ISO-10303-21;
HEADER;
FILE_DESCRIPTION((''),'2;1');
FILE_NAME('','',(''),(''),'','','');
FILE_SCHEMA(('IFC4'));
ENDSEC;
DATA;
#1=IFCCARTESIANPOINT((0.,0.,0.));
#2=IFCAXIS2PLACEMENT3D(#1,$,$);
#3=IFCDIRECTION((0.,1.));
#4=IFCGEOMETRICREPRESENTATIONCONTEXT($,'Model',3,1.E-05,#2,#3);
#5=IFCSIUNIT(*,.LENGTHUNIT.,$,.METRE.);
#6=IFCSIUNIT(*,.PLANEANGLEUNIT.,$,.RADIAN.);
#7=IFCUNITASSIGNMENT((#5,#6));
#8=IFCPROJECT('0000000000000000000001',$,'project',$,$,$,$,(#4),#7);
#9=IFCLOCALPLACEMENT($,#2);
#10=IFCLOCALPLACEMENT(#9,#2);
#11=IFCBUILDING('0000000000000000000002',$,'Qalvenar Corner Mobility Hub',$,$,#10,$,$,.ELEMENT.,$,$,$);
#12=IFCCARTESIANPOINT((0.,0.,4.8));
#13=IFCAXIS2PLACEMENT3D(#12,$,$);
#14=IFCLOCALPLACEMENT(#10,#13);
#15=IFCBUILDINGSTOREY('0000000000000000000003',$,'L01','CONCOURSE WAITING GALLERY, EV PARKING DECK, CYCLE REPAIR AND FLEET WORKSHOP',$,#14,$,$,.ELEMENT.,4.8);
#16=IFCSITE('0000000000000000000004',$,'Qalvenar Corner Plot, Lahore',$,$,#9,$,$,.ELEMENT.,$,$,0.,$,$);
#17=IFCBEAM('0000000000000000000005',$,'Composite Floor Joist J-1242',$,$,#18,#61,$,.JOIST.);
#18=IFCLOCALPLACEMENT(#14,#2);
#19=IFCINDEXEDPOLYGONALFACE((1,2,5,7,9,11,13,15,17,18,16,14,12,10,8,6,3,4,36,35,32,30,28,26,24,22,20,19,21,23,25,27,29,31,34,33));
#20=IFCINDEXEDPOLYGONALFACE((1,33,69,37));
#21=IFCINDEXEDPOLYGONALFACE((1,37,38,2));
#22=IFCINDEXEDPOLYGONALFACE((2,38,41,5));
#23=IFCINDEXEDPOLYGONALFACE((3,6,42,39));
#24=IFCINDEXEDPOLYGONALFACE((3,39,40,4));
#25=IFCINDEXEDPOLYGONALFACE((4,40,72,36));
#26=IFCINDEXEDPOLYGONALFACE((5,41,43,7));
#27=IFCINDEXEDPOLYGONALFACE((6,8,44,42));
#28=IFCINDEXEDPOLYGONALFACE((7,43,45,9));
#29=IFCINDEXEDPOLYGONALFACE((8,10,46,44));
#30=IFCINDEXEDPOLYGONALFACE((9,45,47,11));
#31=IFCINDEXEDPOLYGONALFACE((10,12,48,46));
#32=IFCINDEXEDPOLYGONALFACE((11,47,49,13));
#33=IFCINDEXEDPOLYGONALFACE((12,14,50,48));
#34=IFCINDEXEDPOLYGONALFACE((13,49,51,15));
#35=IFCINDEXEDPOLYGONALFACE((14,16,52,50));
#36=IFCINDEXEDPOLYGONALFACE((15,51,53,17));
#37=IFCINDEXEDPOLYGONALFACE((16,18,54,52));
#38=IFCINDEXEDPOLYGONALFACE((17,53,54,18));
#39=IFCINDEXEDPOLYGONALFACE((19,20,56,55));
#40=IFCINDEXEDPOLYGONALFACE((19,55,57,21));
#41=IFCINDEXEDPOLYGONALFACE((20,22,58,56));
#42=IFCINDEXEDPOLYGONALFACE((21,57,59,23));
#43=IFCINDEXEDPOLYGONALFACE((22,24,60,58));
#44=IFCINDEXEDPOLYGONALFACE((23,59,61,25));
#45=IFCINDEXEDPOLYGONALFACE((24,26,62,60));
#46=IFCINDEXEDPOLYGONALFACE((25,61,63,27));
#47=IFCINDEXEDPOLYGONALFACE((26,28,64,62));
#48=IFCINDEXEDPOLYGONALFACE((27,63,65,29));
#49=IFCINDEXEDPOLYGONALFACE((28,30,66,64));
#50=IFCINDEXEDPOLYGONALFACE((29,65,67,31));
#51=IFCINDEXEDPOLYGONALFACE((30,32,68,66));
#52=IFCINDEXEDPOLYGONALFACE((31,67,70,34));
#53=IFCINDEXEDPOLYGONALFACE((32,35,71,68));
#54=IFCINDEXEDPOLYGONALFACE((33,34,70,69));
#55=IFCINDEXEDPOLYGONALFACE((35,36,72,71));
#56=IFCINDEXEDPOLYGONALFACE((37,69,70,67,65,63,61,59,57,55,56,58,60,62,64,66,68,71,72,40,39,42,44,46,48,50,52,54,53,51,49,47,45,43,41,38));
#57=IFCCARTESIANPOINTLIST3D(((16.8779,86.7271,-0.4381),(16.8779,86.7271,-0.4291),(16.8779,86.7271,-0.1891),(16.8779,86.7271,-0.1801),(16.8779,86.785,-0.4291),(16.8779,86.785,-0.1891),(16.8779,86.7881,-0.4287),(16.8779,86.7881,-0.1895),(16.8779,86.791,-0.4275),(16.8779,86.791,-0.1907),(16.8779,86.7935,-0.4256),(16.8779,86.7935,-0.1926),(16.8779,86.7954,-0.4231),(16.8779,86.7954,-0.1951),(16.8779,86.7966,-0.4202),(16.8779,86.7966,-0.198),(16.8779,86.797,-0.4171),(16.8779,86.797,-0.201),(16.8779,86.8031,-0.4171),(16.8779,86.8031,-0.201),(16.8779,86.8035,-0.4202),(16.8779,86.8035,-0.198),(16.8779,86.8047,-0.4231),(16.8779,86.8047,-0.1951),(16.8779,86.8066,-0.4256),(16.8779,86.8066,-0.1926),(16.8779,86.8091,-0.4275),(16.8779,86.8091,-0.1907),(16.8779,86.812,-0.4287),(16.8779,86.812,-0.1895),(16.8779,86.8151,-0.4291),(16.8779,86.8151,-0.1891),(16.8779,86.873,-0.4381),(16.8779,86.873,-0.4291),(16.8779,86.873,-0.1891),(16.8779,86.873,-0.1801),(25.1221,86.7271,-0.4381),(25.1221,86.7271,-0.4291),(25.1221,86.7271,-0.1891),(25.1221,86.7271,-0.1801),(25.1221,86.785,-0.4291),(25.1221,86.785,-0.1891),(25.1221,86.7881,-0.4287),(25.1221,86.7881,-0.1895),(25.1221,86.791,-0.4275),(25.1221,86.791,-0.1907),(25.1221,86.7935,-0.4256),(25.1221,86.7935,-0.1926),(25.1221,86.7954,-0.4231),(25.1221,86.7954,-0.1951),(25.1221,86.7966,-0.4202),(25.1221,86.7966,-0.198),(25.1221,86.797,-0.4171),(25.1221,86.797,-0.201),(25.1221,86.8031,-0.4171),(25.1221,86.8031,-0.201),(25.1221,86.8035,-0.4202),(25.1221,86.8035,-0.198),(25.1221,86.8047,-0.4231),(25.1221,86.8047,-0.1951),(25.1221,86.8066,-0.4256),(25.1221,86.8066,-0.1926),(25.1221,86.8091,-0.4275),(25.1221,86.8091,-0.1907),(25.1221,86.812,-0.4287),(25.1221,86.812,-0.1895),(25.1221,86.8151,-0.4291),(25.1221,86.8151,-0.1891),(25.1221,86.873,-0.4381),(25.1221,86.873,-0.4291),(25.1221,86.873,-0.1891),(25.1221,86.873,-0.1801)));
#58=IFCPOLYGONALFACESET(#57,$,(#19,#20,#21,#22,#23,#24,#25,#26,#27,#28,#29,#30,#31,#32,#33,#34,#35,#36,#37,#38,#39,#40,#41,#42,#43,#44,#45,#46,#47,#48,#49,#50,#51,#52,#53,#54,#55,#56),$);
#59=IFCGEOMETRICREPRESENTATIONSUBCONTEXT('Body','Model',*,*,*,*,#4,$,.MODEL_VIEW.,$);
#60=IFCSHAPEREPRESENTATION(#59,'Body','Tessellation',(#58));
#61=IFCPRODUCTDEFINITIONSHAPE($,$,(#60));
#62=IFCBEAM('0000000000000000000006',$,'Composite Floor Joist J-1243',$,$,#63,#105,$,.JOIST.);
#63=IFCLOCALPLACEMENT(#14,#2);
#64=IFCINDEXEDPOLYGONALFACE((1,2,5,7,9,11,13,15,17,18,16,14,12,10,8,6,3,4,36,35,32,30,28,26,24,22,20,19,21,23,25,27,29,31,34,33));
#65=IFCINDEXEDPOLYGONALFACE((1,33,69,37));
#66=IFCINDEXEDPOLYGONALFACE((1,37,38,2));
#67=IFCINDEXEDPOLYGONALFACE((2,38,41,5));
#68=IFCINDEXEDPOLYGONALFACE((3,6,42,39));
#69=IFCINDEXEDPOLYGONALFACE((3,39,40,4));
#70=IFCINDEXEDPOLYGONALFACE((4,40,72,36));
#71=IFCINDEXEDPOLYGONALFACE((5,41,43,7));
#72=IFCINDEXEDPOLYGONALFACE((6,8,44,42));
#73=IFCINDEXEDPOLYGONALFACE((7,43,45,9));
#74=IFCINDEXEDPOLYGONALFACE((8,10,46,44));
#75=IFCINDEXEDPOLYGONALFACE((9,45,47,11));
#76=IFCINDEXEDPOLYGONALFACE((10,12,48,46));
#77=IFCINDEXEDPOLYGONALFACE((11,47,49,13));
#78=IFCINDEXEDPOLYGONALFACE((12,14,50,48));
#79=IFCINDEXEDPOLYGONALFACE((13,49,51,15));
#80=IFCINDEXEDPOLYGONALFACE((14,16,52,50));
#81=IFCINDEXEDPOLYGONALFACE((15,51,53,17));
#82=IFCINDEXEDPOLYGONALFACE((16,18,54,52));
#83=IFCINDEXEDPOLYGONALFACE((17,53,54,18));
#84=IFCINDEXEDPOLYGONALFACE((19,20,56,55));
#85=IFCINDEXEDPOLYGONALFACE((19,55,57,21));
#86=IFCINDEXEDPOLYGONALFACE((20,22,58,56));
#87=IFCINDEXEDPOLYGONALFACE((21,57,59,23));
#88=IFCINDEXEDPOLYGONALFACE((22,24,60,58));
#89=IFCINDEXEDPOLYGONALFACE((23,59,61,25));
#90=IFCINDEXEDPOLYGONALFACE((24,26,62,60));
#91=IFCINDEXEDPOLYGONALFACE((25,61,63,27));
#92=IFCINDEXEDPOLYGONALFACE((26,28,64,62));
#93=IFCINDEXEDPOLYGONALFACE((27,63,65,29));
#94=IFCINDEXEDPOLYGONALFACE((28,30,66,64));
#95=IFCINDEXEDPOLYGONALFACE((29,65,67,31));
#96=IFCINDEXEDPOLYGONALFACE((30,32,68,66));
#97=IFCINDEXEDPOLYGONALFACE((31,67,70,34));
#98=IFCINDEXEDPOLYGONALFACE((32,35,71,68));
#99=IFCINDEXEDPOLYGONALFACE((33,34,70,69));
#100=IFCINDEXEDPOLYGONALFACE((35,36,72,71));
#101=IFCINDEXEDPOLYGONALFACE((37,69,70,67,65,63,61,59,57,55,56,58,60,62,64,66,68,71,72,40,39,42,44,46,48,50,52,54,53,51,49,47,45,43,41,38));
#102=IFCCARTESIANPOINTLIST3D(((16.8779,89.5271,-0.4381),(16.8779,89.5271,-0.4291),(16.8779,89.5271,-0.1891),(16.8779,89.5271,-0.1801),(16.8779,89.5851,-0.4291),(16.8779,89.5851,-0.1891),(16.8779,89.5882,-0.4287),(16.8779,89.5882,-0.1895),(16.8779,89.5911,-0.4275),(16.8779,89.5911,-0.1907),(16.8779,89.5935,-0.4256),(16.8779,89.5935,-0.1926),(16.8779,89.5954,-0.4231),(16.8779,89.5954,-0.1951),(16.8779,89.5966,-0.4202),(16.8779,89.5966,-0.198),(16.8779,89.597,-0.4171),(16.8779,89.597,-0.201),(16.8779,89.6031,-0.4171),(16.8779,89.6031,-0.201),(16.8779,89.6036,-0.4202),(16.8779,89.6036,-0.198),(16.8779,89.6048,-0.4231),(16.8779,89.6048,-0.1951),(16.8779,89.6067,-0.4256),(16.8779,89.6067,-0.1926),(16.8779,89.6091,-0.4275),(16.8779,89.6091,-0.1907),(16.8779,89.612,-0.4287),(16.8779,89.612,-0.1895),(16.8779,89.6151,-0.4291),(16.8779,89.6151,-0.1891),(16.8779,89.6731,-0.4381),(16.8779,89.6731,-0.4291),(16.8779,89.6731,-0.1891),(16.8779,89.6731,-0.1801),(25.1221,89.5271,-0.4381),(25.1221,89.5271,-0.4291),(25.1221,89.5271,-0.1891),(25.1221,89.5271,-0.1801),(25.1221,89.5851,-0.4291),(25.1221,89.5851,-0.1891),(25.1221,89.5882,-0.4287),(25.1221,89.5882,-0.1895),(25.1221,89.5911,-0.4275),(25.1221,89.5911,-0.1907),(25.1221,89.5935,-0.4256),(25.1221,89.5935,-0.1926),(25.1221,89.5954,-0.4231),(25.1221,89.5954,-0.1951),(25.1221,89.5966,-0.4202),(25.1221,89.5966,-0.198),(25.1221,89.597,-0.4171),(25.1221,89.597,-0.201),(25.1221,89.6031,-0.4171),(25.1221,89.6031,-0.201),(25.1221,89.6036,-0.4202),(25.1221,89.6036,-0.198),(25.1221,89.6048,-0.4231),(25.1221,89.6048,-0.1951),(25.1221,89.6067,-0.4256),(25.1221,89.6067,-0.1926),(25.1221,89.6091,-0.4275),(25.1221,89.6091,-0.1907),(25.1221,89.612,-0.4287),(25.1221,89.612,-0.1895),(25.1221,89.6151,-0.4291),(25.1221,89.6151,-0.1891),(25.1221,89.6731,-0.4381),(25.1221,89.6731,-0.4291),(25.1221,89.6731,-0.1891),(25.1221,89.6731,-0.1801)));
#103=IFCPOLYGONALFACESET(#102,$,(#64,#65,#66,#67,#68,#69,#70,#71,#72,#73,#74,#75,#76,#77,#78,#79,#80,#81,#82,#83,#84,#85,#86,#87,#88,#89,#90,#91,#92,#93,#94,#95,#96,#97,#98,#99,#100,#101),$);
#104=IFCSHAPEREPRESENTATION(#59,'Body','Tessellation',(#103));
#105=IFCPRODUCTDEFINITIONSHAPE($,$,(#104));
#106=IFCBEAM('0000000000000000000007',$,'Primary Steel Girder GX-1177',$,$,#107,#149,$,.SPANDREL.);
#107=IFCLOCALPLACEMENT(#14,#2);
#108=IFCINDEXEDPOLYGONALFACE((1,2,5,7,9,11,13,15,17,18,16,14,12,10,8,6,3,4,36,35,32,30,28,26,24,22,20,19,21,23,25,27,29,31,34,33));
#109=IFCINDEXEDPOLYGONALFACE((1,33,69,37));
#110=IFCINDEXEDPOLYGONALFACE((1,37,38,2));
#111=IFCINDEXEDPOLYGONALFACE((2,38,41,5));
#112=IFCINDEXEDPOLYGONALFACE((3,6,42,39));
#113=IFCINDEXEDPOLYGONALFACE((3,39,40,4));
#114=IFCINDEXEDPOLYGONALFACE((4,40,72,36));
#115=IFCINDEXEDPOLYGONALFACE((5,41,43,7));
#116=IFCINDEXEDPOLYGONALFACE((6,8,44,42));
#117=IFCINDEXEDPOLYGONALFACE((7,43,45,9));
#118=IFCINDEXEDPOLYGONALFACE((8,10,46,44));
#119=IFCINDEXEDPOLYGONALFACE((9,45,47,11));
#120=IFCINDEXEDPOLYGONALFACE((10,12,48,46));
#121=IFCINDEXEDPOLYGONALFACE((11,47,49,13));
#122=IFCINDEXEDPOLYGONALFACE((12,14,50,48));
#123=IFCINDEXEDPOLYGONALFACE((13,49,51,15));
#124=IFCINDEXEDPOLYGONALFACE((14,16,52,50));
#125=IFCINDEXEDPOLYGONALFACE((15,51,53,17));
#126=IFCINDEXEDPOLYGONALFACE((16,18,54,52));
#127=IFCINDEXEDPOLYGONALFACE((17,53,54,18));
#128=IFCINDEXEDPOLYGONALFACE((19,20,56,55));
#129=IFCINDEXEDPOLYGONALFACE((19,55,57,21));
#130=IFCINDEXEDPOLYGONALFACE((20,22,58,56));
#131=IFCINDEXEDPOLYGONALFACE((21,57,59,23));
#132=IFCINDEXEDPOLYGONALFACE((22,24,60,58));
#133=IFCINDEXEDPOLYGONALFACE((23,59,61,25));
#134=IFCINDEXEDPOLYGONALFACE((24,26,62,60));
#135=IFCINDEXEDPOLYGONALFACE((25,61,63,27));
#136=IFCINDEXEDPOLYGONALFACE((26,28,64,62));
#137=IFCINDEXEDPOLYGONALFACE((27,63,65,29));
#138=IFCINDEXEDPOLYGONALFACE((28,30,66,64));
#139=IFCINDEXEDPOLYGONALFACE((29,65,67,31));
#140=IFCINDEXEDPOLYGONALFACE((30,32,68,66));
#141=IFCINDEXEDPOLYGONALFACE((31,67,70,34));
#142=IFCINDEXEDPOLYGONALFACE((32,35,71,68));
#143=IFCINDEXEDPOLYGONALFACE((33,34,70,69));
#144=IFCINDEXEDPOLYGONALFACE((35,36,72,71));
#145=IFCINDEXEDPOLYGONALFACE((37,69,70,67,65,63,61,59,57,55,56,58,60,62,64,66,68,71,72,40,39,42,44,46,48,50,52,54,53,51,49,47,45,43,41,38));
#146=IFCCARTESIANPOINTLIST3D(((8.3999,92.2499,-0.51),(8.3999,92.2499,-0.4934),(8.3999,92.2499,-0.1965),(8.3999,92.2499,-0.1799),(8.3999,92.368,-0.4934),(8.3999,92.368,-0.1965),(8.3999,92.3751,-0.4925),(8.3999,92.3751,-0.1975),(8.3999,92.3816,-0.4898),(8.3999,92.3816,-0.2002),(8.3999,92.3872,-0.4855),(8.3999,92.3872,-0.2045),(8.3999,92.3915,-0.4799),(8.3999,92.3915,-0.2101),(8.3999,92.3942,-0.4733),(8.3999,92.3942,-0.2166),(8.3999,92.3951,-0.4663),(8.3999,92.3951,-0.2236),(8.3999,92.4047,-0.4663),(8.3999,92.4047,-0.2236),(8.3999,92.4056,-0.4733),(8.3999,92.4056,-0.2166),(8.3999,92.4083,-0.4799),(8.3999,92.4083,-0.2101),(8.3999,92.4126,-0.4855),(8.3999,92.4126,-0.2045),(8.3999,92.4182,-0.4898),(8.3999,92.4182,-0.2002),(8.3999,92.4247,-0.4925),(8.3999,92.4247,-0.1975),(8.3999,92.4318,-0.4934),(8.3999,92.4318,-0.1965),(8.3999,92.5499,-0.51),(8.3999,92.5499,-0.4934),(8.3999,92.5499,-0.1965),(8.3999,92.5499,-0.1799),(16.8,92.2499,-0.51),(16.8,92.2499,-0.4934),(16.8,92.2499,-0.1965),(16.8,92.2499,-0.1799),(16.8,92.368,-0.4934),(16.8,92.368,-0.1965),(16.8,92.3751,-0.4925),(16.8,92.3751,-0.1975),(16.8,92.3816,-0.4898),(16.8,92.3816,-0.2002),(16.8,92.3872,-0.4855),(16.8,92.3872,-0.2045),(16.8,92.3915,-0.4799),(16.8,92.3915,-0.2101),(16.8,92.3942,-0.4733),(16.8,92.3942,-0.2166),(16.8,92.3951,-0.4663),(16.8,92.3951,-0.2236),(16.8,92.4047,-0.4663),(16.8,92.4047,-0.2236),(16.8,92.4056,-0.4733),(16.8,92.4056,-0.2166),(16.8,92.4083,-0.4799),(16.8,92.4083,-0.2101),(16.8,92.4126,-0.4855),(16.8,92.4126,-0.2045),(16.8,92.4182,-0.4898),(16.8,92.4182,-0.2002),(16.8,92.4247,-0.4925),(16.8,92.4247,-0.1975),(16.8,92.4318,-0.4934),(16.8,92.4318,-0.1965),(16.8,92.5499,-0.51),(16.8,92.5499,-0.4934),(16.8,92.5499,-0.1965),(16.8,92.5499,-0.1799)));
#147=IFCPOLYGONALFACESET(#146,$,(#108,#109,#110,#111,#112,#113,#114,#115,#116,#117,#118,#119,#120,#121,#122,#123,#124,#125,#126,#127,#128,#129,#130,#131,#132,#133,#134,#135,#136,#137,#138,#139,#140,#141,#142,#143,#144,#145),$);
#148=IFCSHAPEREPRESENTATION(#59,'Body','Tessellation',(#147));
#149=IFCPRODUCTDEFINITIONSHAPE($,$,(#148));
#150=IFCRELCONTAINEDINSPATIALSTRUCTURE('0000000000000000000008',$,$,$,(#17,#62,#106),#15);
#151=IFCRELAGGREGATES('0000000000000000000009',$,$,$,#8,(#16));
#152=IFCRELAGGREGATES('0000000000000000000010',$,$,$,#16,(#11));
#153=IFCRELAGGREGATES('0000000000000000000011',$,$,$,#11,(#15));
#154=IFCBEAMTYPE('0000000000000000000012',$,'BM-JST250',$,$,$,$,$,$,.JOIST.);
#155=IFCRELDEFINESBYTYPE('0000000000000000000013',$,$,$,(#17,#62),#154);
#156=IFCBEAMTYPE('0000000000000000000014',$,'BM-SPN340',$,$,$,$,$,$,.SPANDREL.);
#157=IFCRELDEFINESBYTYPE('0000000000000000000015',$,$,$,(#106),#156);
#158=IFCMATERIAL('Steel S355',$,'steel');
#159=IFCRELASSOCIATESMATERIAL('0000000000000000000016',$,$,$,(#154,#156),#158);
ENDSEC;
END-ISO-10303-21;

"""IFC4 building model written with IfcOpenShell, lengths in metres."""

from ifc_helpers import new_model, si_unit, direction, frame, origin, origin_2d, place, context, subcontext, project, spatial, i_section, extrude, material, material_profile, profile_set, type_object, element, save


model = new_model("IFC4")

# Units and contexts
model_context = context("Model", 3, precision=1e-05, world=origin(), true_north=direction((0.0, 1.0)))
body_context = subcontext(model_context, "Body", "Model", "MODEL_VIEW")
ifc_project = project(units=[si_unit("LENGTHUNIT", "METRE"), si_unit("PLANEANGLEUNIT", "RADIAN")], contexts=[model_context])

# Site, building, storey
site_placement = place(None, origin())
site = spatial("IfcSite", under=ifc_project, at=site_placement, Name="Qalvenar Corner Plot, Lahore", CompositionType="ELEMENT", RefElevation=0.0)
building_placement = place(site_placement, origin())
building = spatial("IfcBuilding", under=site, at=building_placement, Name="Qalvenar Corner Mobility Hub", CompositionType="ELEMENT")
storey_placement = place(building_placement, frame((0.0, 0.0, 4.8)))
storey = spatial("IfcBuildingStorey", under=building, at=storey_placement, Name="L01", Description="CONCOURSE WAITING GALLERY, EV PARKING DECK, CYCLE REPAIR AND FLEET WORKSHOP", CompositionType="ELEMENT", Elevation=4.8)

# Shared definitions
ifc_material_1 = material(Name="Steel S355", Category="steel")

# Beams
ifc_material_profile_1 = material_profile(ifc_material_1, i_section(OverallWidth=0.146, OverallDepth=0.2581, WebThickness=0.0061, FlangeThickness=0.009, FilletRadius=0.012, at=origin_2d()), Name="W250x32.7")
ifc_profile_set_1 = profile_set([ifc_material_profile_1], Name="Steel S355")
beam_type_1 = type_object("IfcBeamType", Name="BM-JST250", PredefinedType="JOIST", material=ifc_profile_set_1)
for number, where, z_axis, x_axis, name in (
    (1, (16.8779, 86.8, -0.3091), (1.0, 0.0, 0.0), (0.0, 1.0, 0.0), "Composite Floor Joist J-1242"),
    (2, (16.8779, 89.6001, -0.3091), (1.0, 0.0, 0.0), (0.0, 1.0, 0.0), "Composite Floor Joist J-1243"),
):
    element("IfcBeam", number, at=place(storey_placement, frame(where, z_axis=z_axis, x_axis=x_axis)), inside=storey, type_object=beam_type_1, Name=name, PredefinedType="JOIST", context=body_context, shape_type="SweptSolid", body=[
        extrude(i_section(OverallWidth=0.146, OverallDepth=0.2581, WebThickness=0.0061, FlangeThickness=0.009, FilletRadius=0.012, at=origin_2d()), origin(), (0.0, 0.0, 1.0), 8.2441),
    ])
ifc_material_profile_2 = material_profile(ifc_material_1, i_section(OverallWidth=0.3, OverallDepth=0.3301, WebThickness=0.0095, FlangeThickness=0.0166, FilletRadius=0.0271, at=origin_2d()), Name="HEA340")
ifc_profile_set_2 = profile_set([ifc_material_profile_2], Name="Steel S355")
beam_type_2 = type_object("IfcBeamType", Name="BM-SPN340", PredefinedType="SPANDREL", material=ifc_profile_set_2)
beam_1_placement = place(storey_placement, frame((8.3999, 92.3999, -0.345), z_axis=(1.0, 0.0, 0.0), x_axis=(0.0, 1.0, 0.0)))
element("IfcBeam", 3, at=beam_1_placement, inside=storey, type_object=beam_type_2, Name="Primary Steel Girder GX-1177", PredefinedType="SPANDREL", context=body_context, shape_type="SweptSolid", body=[
    extrude(i_section(OverallWidth=0.3, OverallDepth=0.3301, WebThickness=0.0095, FlangeThickness=0.0166, FilletRadius=0.0271, at=origin_2d()), origin(), (0.0, 0.0, 1.0), 8.4001),
])

save(model, "model.ifc")
